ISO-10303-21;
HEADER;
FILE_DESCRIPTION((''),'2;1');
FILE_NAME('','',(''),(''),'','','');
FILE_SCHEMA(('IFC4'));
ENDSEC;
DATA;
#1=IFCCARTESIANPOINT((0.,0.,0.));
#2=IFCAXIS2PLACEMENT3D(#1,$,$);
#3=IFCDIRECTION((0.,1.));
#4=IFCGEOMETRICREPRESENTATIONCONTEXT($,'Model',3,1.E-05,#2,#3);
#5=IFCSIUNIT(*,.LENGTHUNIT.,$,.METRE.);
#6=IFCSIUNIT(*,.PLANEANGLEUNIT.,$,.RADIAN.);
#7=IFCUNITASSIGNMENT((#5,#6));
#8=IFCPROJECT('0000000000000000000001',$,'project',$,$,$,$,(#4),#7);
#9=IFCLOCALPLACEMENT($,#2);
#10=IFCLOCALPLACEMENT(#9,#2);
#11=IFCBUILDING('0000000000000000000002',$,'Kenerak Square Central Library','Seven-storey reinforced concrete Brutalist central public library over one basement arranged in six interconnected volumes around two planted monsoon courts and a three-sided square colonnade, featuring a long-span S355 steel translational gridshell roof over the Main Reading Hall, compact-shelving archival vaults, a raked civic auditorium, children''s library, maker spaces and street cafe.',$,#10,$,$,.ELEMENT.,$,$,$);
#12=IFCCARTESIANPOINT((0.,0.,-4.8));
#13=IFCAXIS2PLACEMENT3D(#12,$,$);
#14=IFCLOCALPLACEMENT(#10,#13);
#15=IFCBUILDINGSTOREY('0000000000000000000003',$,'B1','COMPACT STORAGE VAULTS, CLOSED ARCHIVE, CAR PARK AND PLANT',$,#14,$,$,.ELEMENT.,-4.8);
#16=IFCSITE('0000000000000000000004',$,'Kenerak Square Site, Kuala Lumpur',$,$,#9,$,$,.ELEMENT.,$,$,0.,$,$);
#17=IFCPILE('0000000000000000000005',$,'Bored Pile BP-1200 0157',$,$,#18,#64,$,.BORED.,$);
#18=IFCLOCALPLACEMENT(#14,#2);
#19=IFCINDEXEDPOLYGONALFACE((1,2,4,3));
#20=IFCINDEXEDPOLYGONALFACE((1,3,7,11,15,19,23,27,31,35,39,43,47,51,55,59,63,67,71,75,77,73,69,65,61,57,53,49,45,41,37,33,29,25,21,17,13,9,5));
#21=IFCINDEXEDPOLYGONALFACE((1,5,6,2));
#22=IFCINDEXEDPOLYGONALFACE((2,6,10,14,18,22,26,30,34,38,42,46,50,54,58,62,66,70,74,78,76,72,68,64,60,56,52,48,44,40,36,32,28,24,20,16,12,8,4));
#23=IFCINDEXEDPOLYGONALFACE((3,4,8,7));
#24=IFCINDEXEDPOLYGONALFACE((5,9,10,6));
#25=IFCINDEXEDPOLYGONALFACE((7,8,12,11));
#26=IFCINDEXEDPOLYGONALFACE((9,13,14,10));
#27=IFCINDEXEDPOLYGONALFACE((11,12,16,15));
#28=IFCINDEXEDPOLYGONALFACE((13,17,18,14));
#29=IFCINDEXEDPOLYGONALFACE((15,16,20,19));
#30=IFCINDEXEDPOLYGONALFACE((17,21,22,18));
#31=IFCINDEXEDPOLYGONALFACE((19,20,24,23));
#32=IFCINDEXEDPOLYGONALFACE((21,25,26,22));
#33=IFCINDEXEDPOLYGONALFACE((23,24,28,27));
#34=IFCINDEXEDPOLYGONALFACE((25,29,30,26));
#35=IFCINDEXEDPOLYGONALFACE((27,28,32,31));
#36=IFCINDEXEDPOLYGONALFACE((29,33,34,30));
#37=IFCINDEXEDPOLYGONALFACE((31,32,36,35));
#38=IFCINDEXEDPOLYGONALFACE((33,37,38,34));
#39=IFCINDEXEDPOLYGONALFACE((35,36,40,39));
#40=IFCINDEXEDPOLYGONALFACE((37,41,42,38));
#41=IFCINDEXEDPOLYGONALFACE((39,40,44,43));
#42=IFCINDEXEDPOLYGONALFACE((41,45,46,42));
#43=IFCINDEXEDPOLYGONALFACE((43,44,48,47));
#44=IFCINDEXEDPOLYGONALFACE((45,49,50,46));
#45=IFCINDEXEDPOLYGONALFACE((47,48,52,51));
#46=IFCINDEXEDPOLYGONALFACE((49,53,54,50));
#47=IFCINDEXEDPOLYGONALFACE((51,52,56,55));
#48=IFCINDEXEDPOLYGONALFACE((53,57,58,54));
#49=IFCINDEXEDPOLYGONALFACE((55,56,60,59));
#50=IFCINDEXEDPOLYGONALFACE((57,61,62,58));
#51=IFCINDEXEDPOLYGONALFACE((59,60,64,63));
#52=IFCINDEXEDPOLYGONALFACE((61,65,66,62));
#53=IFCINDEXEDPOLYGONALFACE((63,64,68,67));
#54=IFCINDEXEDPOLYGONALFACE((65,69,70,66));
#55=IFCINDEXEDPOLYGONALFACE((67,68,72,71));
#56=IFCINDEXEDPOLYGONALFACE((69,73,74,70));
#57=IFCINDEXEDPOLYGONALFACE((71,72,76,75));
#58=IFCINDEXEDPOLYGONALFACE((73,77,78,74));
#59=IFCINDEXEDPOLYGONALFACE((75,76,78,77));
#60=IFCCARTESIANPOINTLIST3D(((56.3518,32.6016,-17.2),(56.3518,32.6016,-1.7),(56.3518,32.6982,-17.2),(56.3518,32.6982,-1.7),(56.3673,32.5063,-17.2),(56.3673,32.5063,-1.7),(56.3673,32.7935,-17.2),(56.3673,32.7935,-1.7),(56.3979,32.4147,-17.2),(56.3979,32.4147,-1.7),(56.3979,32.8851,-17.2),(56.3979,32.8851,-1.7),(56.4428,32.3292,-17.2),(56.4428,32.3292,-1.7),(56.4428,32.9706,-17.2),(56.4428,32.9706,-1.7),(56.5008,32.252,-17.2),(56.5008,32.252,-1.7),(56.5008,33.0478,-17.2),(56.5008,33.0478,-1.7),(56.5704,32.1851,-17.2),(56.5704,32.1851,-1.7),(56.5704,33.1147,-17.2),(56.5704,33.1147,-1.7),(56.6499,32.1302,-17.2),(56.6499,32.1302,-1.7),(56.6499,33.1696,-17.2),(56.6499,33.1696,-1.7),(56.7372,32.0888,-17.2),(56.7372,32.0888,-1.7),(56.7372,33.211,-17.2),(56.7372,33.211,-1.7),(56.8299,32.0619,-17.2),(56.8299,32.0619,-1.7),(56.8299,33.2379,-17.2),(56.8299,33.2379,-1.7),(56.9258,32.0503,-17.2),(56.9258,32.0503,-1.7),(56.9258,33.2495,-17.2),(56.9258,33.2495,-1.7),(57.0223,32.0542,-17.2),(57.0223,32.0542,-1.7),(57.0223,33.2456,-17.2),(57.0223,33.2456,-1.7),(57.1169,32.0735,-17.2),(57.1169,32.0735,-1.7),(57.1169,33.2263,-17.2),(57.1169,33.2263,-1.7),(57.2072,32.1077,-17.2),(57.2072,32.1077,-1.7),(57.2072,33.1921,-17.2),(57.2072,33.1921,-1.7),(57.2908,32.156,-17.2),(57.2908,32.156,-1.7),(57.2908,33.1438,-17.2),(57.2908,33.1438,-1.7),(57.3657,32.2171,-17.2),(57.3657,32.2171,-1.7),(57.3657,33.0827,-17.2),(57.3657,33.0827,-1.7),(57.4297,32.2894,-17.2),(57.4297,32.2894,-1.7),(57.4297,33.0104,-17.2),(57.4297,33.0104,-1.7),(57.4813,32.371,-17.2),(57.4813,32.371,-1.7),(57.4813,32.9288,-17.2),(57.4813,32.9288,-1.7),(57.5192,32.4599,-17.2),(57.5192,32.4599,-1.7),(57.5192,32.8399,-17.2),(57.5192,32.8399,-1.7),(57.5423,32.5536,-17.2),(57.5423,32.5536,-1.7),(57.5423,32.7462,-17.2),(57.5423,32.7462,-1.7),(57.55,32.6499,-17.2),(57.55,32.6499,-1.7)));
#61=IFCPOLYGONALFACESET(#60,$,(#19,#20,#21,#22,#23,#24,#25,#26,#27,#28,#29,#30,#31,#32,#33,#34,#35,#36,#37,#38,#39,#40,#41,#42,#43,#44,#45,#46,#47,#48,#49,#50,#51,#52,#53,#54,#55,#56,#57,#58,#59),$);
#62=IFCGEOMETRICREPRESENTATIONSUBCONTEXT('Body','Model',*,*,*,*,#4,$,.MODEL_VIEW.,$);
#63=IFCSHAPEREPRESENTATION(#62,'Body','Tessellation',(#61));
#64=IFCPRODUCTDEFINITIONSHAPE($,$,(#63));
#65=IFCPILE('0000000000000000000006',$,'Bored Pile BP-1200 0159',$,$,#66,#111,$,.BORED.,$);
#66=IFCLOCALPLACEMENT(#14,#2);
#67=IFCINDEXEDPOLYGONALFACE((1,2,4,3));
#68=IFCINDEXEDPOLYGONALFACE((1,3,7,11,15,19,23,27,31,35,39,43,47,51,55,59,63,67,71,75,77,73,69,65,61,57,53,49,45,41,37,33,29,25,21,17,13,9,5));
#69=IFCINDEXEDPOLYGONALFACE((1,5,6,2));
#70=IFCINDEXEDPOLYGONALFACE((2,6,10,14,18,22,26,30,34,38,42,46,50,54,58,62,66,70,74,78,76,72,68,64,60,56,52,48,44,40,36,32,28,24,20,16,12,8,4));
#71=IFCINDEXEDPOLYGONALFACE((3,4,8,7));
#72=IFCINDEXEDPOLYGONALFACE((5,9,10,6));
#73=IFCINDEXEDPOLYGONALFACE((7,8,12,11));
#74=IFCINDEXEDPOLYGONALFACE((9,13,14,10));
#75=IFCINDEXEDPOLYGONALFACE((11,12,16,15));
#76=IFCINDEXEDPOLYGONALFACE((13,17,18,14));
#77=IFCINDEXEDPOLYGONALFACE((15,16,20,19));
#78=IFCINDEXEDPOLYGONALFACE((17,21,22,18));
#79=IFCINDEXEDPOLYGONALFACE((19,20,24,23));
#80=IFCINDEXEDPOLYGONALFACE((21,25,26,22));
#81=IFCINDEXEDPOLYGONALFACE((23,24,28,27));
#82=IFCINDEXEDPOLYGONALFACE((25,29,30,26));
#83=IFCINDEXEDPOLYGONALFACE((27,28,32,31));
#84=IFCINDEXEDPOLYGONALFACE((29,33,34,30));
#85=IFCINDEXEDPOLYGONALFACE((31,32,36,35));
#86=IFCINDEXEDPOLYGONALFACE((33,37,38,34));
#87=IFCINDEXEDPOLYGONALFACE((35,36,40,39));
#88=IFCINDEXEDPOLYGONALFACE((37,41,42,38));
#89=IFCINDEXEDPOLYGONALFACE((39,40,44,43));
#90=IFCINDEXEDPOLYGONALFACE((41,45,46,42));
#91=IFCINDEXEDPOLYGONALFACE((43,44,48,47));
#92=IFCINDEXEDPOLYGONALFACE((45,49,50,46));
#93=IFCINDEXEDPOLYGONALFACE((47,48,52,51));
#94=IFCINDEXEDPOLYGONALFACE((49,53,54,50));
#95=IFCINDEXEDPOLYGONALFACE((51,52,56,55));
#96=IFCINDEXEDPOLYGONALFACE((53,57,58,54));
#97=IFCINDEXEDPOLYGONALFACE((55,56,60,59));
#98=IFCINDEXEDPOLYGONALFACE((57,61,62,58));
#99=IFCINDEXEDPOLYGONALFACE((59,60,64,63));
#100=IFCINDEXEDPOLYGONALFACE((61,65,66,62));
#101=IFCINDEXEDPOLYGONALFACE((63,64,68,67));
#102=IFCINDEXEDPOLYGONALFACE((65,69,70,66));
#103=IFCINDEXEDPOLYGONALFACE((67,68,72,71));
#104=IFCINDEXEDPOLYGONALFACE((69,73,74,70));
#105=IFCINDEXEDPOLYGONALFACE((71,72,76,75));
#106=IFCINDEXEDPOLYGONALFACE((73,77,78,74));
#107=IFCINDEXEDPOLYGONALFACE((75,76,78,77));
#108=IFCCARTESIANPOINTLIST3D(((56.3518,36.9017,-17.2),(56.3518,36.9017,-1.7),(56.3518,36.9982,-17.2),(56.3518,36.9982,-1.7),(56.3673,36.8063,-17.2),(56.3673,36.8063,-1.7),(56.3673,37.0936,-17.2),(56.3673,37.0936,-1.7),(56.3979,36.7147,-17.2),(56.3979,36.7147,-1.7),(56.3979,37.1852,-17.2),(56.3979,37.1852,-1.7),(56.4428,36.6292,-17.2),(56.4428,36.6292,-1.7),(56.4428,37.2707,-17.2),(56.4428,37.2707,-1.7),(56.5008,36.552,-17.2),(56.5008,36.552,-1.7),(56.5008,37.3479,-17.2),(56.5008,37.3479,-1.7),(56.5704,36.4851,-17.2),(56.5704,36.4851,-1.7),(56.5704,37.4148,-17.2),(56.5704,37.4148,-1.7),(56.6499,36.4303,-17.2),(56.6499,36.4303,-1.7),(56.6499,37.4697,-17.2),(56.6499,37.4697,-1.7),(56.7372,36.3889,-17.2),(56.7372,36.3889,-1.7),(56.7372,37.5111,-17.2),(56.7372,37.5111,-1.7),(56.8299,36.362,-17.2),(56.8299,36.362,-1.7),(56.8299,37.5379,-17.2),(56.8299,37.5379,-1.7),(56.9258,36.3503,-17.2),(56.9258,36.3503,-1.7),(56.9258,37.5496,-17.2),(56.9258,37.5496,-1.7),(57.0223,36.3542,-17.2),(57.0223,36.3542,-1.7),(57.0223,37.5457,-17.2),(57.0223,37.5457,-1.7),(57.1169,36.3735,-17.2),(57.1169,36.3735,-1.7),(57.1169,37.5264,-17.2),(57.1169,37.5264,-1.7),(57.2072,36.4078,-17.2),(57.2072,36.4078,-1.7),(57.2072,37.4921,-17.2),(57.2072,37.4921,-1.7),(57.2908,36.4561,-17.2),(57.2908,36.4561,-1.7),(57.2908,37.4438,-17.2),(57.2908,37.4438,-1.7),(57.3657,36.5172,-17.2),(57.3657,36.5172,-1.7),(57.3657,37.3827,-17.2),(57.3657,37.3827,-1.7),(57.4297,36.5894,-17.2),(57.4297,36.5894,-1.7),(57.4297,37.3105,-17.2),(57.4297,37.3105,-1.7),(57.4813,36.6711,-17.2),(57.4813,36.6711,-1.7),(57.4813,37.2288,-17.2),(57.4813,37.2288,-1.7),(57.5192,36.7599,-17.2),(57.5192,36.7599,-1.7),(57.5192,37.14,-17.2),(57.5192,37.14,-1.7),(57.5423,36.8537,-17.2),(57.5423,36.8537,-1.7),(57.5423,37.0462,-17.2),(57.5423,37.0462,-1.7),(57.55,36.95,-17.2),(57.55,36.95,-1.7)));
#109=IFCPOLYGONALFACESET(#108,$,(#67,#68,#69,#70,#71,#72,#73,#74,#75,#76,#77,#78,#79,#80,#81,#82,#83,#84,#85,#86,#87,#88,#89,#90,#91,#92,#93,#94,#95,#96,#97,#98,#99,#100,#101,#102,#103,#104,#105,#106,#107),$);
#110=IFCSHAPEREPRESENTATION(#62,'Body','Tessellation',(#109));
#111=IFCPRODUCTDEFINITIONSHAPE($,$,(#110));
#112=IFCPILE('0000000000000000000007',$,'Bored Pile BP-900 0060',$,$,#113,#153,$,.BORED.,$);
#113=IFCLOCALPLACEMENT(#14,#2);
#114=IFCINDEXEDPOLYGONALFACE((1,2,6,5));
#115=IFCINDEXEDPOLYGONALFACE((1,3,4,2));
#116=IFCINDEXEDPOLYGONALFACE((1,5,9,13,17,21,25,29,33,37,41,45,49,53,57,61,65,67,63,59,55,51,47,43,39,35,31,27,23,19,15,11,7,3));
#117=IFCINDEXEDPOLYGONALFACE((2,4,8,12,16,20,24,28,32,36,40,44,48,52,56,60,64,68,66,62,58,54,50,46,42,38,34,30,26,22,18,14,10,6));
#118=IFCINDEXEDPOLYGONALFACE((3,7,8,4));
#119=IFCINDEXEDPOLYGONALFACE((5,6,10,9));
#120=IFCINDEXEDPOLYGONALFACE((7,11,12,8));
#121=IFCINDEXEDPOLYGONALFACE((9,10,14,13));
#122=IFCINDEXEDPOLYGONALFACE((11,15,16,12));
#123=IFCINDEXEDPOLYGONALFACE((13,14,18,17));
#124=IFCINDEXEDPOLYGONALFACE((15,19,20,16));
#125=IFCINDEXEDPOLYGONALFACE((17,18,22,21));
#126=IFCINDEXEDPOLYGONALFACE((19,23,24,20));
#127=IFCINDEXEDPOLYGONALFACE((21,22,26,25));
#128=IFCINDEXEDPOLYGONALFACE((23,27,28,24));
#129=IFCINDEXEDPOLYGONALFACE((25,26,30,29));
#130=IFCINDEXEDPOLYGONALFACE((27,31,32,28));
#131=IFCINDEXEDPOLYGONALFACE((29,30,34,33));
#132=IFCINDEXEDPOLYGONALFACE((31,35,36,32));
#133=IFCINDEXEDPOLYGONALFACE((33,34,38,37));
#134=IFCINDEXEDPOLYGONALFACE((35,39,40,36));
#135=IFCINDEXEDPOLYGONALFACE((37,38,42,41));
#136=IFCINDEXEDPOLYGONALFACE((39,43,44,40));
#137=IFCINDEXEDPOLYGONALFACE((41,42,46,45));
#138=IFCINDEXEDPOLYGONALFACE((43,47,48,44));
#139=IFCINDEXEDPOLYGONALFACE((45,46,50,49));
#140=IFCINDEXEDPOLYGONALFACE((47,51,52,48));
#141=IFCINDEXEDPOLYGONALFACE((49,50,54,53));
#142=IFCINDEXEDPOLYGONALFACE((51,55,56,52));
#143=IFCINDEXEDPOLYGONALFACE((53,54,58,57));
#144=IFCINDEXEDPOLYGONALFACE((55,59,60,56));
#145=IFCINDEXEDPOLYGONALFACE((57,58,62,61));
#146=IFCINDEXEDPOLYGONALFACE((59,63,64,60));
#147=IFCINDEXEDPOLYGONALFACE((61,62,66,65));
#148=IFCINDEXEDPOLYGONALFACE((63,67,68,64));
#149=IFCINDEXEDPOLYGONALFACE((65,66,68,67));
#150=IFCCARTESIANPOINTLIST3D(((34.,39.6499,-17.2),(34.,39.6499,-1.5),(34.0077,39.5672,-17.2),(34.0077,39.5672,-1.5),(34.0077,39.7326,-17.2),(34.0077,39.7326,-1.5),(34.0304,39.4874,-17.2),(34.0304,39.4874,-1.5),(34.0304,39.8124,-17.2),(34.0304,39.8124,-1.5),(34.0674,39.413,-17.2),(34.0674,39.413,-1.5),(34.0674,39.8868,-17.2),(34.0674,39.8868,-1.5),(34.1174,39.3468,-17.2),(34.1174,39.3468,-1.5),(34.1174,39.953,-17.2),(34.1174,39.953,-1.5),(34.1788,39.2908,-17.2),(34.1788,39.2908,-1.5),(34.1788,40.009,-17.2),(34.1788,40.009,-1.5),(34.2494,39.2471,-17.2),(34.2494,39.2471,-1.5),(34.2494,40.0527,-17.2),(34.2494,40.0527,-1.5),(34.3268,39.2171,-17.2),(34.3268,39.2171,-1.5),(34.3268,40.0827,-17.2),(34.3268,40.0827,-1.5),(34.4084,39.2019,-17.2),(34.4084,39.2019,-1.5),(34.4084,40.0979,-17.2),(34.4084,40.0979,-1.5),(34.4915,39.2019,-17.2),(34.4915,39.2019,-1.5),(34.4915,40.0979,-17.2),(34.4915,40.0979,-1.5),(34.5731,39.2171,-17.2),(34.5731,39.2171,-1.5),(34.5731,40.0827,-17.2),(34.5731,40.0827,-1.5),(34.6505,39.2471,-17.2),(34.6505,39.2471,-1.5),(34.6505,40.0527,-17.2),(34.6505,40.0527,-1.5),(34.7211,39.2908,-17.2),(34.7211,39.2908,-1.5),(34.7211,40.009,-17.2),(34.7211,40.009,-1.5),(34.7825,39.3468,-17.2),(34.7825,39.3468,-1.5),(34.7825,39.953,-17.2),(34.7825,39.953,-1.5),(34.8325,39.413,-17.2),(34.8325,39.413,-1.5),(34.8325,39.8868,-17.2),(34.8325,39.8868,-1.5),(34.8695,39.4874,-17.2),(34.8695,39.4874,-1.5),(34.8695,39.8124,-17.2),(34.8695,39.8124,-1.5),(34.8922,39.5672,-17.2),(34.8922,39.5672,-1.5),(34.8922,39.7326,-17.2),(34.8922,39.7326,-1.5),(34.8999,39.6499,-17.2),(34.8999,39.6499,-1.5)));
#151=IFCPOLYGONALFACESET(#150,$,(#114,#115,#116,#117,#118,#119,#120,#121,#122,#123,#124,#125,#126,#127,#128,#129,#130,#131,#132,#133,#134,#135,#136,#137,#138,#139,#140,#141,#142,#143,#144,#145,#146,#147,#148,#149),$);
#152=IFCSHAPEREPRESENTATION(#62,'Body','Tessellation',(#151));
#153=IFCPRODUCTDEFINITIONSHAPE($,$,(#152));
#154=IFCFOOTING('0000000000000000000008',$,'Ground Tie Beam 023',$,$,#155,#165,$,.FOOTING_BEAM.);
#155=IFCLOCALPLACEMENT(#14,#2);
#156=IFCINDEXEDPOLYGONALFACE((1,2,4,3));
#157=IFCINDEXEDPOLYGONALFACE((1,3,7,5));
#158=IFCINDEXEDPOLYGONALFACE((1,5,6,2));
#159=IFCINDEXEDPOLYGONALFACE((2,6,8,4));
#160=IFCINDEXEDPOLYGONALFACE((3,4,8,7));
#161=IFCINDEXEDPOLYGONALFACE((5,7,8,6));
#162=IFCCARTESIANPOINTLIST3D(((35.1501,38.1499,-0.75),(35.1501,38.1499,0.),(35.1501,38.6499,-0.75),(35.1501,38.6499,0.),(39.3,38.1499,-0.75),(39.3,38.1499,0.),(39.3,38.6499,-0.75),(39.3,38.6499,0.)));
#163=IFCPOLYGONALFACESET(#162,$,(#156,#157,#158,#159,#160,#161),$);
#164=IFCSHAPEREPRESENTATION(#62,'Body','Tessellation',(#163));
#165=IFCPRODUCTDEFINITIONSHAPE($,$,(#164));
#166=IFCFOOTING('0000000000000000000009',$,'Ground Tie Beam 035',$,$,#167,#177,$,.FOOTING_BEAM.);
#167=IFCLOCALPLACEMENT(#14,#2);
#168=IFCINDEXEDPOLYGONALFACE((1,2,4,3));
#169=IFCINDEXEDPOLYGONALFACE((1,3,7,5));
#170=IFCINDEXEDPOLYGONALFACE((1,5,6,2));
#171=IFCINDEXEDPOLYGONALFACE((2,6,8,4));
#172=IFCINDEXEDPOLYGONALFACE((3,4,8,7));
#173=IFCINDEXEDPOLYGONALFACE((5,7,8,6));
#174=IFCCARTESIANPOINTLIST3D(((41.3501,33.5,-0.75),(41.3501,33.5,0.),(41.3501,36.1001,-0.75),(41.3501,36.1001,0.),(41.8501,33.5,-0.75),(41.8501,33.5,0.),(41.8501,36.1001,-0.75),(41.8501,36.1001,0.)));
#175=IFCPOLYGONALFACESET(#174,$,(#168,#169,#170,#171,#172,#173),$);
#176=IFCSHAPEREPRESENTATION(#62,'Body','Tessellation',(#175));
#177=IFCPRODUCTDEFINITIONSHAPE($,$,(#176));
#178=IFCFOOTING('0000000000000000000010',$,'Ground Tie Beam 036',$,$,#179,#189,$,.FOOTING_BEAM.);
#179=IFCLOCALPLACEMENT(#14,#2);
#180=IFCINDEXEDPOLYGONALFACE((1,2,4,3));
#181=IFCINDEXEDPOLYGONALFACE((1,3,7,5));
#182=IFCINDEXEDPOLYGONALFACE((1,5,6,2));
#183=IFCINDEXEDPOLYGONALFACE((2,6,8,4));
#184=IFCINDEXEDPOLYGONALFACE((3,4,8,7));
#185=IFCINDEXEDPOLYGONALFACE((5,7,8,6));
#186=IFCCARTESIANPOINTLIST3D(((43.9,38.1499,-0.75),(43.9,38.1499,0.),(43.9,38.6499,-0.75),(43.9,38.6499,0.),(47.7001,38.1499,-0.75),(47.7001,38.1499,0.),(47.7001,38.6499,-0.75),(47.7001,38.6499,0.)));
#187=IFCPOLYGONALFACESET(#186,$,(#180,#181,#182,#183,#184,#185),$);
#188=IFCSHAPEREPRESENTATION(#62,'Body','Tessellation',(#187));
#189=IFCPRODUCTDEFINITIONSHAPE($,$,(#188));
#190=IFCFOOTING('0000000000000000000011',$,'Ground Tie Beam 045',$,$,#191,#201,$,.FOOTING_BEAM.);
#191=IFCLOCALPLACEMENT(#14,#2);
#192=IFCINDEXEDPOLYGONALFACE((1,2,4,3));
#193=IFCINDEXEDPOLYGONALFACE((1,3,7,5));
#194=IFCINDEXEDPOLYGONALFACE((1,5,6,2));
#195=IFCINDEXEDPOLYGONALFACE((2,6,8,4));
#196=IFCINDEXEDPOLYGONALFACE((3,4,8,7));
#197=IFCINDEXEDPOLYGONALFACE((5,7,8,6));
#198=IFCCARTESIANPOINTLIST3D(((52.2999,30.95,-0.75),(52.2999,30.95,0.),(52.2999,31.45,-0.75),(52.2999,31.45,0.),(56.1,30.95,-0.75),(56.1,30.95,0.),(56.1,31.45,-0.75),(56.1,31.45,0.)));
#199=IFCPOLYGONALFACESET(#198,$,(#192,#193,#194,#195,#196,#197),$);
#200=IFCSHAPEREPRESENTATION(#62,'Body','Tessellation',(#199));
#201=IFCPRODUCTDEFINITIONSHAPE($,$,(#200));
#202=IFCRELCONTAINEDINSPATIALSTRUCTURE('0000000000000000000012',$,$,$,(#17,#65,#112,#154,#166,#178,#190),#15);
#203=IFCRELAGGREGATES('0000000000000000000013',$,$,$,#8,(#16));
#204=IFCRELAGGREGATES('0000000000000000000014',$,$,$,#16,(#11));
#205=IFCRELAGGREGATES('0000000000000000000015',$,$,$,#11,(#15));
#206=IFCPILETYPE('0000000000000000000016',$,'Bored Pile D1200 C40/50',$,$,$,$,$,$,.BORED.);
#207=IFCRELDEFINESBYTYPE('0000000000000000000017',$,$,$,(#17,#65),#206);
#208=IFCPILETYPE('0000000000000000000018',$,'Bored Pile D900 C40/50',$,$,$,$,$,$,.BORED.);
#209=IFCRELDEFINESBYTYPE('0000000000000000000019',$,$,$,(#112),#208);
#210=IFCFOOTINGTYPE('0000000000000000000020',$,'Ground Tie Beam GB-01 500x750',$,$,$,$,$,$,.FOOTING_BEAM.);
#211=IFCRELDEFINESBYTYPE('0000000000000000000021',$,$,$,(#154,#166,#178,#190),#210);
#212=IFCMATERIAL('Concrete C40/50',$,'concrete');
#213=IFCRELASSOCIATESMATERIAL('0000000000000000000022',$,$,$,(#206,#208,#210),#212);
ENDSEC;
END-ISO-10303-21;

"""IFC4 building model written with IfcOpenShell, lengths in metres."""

from ifc_helpers import new_model, si_unit, direction, frame, origin, origin_2d, place, context, subcontext, project, spatial, rectangle, circle, extrude, material, material_profile, profile_set, type_object, element, save


model = new_model("IFC4")

# Units and contexts
model_context = context("Model", 3, precision=1e-05, world=origin(), true_north=direction((0.0, 1.0)))
body_context = subcontext(model_context, "Body", "Model", "MODEL_VIEW")
ifc_project = project(units=[si_unit("LENGTHUNIT", "METRE"), si_unit("PLANEANGLEUNIT", "RADIAN")], contexts=[model_context])

# Site, building, storey
site_placement = place(None, origin())
site = spatial("IfcSite", under=ifc_project, at=site_placement, Name="Kenerak Square Site, Kuala Lumpur", CompositionType="ELEMENT", RefElevation=0.0)
building_placement = place(site_placement, origin())
building = spatial("IfcBuilding", under=site, at=building_placement, Name="Kenerak Square Central Library", Description="Seven-storey reinforced concrete Brutalist central public library over one basement arranged in six interconnected volumes around two planted monsoon courts and a three-sided square colonnade, featuring a long-span S355 steel translational gridshell roof over the Main Reading Hall, compact-shelving archival vaults, a raked civic auditorium, children's library, maker spaces and street cafe.", CompositionType="ELEMENT")
storey_placement = place(building_placement, frame((0.0, 0.0, -4.8)))
storey = spatial("IfcBuildingStorey", under=building, at=storey_placement, Name="B1", Description="COMPACT STORAGE VAULTS, CLOSED ARCHIVE, CAR PARK AND PLANT", CompositionType="ELEMENT", Elevation=-4.8)

# Piles
ifc_material_1 = material(Name="Concrete C40/50", Category="concrete")
ifc_material_profile_1 = material_profile(ifc_material_1, circle(Radius=0.6001, at=origin_2d()), Name="BP D1200")
ifc_profile_set_1 = profile_set([ifc_material_profile_1], Name="Concrete C40/50")
pile_type_1 = type_object("IfcPileType", Name="Bored Pile D1200 C40/50", PredefinedType="BORED", material=ifc_profile_set_1)
for number, where, z_axis, x_axis, name in (
    (1, (56.95, 32.6499, -1.7), (0.0, 0.0, -1.0), (1.0, 0.0, 0.0), "Bored Pile BP-1200 0157"),
    (2, (56.95, 36.95, -1.7), (0.0, 0.0, -1.0), (1.0, 0.0, 0.0), "Bored Pile BP-1200 0159"),
):
    element("IfcPile", number, at=place(storey_placement, frame(where, z_axis=z_axis, x_axis=x_axis)), inside=storey, type_object=pile_type_1, Name=name, PredefinedType="BORED", context=body_context, shape_type="SweptSolid", body=[
        extrude(circle(Radius=0.6001, at=origin_2d()), origin(), (0.0, 0.0, 1.0), 15.5),
    ])
ifc_material_profile_2 = material_profile(ifc_material_1, circle(Radius=0.45, at=origin_2d()), Name="BP D900")
ifc_profile_set_2 = profile_set([ifc_material_profile_2], Name="Concrete C40/50")
pile_type_2 = type_object("IfcPileType", Name="Bored Pile D900 C40/50", PredefinedType="BORED", material=ifc_profile_set_2)
pile_placement = place(storey_placement, frame((34.45, 39.6499, -1.5), z_axis=(0.0, 0.0, -1.0), x_axis=(1.0, 0.0, 0.0)))
element("IfcPile", 3, at=pile_placement, inside=storey, type_object=pile_type_2, Name="Bored Pile BP-900 0060", PredefinedType="BORED", context=body_context, shape_type="SweptSolid", body=[
    extrude(circle(Radius=0.45, at=origin_2d()), origin(), (0.0, 0.0, 1.0), 15.7),
])

# Footings
footing_type_1 = type_object("IfcFootingType", Name="Ground Tie Beam GB-01 500x750", PredefinedType="FOOTING_BEAM", material=ifc_material_1)
footing_1_placement = place(storey_placement, frame((37.2251, 38.3999, -0.75), z_axis=(0.0, 0.0, 1.0), x_axis=(1.0, 0.0, 0.0)))
element("IfcFooting", 4, at=footing_1_placement, inside=storey, type_object=footing_type_1, Name="Ground Tie Beam 023", PredefinedType="FOOTING_BEAM", context=body_context, shape_type="SweptSolid", body=[
    extrude(rectangle(XDim=4.1499, YDim=0.5, at=origin_2d()), origin(), (0.0, 0.0, 1.0), 0.75),
])
footing_2_placement = place(storey_placement, frame((41.6001, 34.8, -0.75), z_axis=(0.0, 0.0, 1.0), x_axis=(1.0, 0.0, 0.0)))
element("IfcFooting", 5, at=footing_2_placement, inside=storey, type_object=footing_type_1, Name="Ground Tie Beam 035", PredefinedType="FOOTING_BEAM", context=body_context, shape_type="SweptSolid", body=[
    extrude(rectangle(XDim=0.5, YDim=2.6001, at=origin_2d()), origin(), (0.0, 0.0, 1.0), 0.75),
])
for number, where, z_axis, x_axis, name in (
    (6, (45.8, 38.3999, -0.75), (0.0, 0.0, 1.0), (1.0, 0.0, 0.0), "Ground Tie Beam 036"),
    (7, (54.2, 31.2, -0.75), (0.0, 0.0, 1.0), (1.0, 0.0, 0.0), "Ground Tie Beam 045"),
):
    element("IfcFooting", number, at=place(storey_placement, frame(where, z_axis=z_axis, x_axis=x_axis)), inside=storey, type_object=footing_type_1, Name=name, PredefinedType="FOOTING_BEAM", context=body_context, shape_type="SweptSolid", body=[
        extrude(rectangle(XDim=3.8, YDim=0.5, at=origin_2d()), origin(), (0.0, 0.0, 1.0), 0.75),
    ])

save(model, "model.ifc")
